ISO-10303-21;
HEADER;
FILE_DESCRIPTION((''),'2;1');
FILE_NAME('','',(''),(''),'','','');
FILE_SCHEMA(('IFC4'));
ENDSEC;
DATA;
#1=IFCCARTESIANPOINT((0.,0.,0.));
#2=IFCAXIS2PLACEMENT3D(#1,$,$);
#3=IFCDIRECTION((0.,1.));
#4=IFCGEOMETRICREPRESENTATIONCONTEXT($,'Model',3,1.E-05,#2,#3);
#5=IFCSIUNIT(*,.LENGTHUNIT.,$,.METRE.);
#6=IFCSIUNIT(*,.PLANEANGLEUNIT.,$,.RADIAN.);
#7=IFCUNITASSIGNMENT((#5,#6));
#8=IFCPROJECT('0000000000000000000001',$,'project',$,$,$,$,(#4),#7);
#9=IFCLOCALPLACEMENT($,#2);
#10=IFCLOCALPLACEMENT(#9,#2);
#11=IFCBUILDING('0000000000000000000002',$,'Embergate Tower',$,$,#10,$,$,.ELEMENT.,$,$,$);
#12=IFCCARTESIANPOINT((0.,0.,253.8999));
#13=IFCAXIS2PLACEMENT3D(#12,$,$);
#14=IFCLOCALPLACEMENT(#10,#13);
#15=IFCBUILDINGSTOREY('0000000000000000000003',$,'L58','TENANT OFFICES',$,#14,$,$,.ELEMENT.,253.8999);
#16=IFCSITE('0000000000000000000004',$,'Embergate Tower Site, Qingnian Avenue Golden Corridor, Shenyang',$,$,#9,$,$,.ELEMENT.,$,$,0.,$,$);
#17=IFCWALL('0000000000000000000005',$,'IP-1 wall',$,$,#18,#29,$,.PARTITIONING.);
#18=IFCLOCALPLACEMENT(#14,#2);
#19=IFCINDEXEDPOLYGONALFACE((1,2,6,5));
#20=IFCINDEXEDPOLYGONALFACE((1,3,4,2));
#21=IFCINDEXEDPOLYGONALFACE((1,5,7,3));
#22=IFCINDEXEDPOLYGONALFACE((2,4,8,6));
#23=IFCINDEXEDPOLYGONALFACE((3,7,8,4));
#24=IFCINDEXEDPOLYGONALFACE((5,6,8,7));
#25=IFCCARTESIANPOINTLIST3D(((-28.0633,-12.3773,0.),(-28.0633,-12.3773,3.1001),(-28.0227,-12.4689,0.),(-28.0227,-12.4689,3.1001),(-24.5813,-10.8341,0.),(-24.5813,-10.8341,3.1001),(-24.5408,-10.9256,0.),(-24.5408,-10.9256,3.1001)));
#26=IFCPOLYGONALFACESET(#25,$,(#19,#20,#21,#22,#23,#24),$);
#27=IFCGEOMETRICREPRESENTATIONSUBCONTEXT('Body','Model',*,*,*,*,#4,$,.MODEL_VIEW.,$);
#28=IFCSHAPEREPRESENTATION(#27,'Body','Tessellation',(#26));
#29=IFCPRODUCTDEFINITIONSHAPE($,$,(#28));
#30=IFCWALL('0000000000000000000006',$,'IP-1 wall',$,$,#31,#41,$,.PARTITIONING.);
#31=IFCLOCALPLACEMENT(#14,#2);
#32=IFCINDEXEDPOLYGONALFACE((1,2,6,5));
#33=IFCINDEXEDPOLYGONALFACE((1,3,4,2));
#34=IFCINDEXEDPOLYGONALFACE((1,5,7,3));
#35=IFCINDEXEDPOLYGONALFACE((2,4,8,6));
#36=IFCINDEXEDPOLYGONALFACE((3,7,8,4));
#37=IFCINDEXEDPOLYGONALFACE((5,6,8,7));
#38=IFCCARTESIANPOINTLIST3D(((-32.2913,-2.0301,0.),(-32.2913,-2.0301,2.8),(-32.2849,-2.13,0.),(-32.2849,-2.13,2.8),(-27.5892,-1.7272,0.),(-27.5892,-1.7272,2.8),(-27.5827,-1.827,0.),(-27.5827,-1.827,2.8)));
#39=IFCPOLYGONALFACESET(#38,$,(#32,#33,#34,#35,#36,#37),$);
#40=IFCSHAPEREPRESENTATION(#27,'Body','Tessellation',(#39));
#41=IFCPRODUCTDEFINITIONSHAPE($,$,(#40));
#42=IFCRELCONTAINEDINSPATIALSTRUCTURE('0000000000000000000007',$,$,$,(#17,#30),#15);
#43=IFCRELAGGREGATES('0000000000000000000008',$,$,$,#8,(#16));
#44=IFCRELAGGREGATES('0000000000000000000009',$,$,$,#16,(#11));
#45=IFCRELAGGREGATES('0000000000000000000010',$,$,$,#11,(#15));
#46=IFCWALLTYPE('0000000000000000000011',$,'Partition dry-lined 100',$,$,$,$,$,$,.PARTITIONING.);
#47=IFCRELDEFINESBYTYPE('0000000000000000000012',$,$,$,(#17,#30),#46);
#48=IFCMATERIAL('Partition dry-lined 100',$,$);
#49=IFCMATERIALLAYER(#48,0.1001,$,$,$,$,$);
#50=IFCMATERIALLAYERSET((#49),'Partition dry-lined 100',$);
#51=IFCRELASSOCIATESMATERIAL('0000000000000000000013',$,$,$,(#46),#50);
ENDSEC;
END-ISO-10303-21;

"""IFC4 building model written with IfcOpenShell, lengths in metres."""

from ifc_helpers import new_model, si_unit, direction, frame, frame_2d, origin, place, context, subcontext, project, spatial, rectangle, extrude, source, transform, mapped, material, layer, layer_set, type_object, element, save


model = new_model("IFC4")

# Units and contexts
model_context = context("Model", 3, precision=1e-05, world=origin(), true_north=direction((0.0, 1.0)))
body_context = subcontext(model_context, "Body", "Model", "MODEL_VIEW")
ifc_project = project(units=[si_unit("LENGTHUNIT", "METRE"), si_unit("PLANEANGLEUNIT", "RADIAN")], contexts=[model_context])

# Site, building, storey
site_placement = place(None, origin())
site = spatial("IfcSite", under=ifc_project, at=site_placement, Name="Embergate Tower Site, Qingnian Avenue Golden Corridor, Shenyang", CompositionType="ELEMENT", RefElevation=0.0)
building_placement = place(site_placement, origin())
building = spatial("IfcBuilding", under=site, at=building_placement, Name="Embergate Tower", CompositionType="ELEMENT")
storey_placement = place(building_placement, frame((0.0, 0.0, 253.8999)))
storey = spatial("IfcBuildingStorey", under=building, at=storey_placement, Name="L58", Description="TENANT OFFICES", CompositionType="ELEMENT", Elevation=253.8999)

# Walls
ifc_material_1 = material(Name="Partition dry-lined 100")
ifc_layer_1 = layer(ifc_material_1, 0.1001)
ifc_layer_set_1 = layer_set([ifc_layer_1], Name="Partition dry-lined 100")
wall_type_1 = type_object("IfcWallType", Name="Partition dry-lined 100", PredefinedType="PARTITIONING", material=ifc_layer_set_1)
shared_shape_1 = source(origin(), body_context, "Body", "SweptSolid", [
    extrude(rectangle(XDim=3.8086, YDim=0.1001, at=frame_2d((1.9043, 0.0))), origin(), (0.0, 0.0, 1.0), 3.1001),
])
wall_1_placement = place(storey_placement, frame((-24.561, -10.8799, 0.0), z_axis=(0.0, 0.0, 1.0), x_axis=(-0.914231, -0.405193, 0.0)))
element("IfcWall", 1, at=wall_1_placement, inside=storey, type_object=wall_type_1, Name="IP-1 wall", PredefinedType="PARTITIONING", context=body_context, shape_type="MappedRepresentation", body=[
    mapped(shared_shape_1, transform((0.0, 0.0, 0.0))),
])
shared_shape_2 = source(origin(), body_context, "Body", "SweptSolid", [
    extrude(rectangle(XDim=4.7119, YDim=0.1001, at=frame_2d((2.356, 0.0))), origin(), (0.0, 0.0, 1.0), 2.8),
])
wall_2_placement = place(storey_placement, frame((-27.5859, -1.7771, 0.0), z_axis=(0.0, 0.0, 1.0), x_axis=(-0.997931, -0.064301, 0.0)))
element("IfcWall", 2, at=wall_2_placement, inside=storey, type_object=wall_type_1, Name="IP-1 wall", PredefinedType="PARTITIONING", context=body_context, shape_type="MappedRepresentation", body=[
    mapped(shared_shape_2, transform((0.0, 0.0, 0.0))),
])

save(model, "model.ifc")
